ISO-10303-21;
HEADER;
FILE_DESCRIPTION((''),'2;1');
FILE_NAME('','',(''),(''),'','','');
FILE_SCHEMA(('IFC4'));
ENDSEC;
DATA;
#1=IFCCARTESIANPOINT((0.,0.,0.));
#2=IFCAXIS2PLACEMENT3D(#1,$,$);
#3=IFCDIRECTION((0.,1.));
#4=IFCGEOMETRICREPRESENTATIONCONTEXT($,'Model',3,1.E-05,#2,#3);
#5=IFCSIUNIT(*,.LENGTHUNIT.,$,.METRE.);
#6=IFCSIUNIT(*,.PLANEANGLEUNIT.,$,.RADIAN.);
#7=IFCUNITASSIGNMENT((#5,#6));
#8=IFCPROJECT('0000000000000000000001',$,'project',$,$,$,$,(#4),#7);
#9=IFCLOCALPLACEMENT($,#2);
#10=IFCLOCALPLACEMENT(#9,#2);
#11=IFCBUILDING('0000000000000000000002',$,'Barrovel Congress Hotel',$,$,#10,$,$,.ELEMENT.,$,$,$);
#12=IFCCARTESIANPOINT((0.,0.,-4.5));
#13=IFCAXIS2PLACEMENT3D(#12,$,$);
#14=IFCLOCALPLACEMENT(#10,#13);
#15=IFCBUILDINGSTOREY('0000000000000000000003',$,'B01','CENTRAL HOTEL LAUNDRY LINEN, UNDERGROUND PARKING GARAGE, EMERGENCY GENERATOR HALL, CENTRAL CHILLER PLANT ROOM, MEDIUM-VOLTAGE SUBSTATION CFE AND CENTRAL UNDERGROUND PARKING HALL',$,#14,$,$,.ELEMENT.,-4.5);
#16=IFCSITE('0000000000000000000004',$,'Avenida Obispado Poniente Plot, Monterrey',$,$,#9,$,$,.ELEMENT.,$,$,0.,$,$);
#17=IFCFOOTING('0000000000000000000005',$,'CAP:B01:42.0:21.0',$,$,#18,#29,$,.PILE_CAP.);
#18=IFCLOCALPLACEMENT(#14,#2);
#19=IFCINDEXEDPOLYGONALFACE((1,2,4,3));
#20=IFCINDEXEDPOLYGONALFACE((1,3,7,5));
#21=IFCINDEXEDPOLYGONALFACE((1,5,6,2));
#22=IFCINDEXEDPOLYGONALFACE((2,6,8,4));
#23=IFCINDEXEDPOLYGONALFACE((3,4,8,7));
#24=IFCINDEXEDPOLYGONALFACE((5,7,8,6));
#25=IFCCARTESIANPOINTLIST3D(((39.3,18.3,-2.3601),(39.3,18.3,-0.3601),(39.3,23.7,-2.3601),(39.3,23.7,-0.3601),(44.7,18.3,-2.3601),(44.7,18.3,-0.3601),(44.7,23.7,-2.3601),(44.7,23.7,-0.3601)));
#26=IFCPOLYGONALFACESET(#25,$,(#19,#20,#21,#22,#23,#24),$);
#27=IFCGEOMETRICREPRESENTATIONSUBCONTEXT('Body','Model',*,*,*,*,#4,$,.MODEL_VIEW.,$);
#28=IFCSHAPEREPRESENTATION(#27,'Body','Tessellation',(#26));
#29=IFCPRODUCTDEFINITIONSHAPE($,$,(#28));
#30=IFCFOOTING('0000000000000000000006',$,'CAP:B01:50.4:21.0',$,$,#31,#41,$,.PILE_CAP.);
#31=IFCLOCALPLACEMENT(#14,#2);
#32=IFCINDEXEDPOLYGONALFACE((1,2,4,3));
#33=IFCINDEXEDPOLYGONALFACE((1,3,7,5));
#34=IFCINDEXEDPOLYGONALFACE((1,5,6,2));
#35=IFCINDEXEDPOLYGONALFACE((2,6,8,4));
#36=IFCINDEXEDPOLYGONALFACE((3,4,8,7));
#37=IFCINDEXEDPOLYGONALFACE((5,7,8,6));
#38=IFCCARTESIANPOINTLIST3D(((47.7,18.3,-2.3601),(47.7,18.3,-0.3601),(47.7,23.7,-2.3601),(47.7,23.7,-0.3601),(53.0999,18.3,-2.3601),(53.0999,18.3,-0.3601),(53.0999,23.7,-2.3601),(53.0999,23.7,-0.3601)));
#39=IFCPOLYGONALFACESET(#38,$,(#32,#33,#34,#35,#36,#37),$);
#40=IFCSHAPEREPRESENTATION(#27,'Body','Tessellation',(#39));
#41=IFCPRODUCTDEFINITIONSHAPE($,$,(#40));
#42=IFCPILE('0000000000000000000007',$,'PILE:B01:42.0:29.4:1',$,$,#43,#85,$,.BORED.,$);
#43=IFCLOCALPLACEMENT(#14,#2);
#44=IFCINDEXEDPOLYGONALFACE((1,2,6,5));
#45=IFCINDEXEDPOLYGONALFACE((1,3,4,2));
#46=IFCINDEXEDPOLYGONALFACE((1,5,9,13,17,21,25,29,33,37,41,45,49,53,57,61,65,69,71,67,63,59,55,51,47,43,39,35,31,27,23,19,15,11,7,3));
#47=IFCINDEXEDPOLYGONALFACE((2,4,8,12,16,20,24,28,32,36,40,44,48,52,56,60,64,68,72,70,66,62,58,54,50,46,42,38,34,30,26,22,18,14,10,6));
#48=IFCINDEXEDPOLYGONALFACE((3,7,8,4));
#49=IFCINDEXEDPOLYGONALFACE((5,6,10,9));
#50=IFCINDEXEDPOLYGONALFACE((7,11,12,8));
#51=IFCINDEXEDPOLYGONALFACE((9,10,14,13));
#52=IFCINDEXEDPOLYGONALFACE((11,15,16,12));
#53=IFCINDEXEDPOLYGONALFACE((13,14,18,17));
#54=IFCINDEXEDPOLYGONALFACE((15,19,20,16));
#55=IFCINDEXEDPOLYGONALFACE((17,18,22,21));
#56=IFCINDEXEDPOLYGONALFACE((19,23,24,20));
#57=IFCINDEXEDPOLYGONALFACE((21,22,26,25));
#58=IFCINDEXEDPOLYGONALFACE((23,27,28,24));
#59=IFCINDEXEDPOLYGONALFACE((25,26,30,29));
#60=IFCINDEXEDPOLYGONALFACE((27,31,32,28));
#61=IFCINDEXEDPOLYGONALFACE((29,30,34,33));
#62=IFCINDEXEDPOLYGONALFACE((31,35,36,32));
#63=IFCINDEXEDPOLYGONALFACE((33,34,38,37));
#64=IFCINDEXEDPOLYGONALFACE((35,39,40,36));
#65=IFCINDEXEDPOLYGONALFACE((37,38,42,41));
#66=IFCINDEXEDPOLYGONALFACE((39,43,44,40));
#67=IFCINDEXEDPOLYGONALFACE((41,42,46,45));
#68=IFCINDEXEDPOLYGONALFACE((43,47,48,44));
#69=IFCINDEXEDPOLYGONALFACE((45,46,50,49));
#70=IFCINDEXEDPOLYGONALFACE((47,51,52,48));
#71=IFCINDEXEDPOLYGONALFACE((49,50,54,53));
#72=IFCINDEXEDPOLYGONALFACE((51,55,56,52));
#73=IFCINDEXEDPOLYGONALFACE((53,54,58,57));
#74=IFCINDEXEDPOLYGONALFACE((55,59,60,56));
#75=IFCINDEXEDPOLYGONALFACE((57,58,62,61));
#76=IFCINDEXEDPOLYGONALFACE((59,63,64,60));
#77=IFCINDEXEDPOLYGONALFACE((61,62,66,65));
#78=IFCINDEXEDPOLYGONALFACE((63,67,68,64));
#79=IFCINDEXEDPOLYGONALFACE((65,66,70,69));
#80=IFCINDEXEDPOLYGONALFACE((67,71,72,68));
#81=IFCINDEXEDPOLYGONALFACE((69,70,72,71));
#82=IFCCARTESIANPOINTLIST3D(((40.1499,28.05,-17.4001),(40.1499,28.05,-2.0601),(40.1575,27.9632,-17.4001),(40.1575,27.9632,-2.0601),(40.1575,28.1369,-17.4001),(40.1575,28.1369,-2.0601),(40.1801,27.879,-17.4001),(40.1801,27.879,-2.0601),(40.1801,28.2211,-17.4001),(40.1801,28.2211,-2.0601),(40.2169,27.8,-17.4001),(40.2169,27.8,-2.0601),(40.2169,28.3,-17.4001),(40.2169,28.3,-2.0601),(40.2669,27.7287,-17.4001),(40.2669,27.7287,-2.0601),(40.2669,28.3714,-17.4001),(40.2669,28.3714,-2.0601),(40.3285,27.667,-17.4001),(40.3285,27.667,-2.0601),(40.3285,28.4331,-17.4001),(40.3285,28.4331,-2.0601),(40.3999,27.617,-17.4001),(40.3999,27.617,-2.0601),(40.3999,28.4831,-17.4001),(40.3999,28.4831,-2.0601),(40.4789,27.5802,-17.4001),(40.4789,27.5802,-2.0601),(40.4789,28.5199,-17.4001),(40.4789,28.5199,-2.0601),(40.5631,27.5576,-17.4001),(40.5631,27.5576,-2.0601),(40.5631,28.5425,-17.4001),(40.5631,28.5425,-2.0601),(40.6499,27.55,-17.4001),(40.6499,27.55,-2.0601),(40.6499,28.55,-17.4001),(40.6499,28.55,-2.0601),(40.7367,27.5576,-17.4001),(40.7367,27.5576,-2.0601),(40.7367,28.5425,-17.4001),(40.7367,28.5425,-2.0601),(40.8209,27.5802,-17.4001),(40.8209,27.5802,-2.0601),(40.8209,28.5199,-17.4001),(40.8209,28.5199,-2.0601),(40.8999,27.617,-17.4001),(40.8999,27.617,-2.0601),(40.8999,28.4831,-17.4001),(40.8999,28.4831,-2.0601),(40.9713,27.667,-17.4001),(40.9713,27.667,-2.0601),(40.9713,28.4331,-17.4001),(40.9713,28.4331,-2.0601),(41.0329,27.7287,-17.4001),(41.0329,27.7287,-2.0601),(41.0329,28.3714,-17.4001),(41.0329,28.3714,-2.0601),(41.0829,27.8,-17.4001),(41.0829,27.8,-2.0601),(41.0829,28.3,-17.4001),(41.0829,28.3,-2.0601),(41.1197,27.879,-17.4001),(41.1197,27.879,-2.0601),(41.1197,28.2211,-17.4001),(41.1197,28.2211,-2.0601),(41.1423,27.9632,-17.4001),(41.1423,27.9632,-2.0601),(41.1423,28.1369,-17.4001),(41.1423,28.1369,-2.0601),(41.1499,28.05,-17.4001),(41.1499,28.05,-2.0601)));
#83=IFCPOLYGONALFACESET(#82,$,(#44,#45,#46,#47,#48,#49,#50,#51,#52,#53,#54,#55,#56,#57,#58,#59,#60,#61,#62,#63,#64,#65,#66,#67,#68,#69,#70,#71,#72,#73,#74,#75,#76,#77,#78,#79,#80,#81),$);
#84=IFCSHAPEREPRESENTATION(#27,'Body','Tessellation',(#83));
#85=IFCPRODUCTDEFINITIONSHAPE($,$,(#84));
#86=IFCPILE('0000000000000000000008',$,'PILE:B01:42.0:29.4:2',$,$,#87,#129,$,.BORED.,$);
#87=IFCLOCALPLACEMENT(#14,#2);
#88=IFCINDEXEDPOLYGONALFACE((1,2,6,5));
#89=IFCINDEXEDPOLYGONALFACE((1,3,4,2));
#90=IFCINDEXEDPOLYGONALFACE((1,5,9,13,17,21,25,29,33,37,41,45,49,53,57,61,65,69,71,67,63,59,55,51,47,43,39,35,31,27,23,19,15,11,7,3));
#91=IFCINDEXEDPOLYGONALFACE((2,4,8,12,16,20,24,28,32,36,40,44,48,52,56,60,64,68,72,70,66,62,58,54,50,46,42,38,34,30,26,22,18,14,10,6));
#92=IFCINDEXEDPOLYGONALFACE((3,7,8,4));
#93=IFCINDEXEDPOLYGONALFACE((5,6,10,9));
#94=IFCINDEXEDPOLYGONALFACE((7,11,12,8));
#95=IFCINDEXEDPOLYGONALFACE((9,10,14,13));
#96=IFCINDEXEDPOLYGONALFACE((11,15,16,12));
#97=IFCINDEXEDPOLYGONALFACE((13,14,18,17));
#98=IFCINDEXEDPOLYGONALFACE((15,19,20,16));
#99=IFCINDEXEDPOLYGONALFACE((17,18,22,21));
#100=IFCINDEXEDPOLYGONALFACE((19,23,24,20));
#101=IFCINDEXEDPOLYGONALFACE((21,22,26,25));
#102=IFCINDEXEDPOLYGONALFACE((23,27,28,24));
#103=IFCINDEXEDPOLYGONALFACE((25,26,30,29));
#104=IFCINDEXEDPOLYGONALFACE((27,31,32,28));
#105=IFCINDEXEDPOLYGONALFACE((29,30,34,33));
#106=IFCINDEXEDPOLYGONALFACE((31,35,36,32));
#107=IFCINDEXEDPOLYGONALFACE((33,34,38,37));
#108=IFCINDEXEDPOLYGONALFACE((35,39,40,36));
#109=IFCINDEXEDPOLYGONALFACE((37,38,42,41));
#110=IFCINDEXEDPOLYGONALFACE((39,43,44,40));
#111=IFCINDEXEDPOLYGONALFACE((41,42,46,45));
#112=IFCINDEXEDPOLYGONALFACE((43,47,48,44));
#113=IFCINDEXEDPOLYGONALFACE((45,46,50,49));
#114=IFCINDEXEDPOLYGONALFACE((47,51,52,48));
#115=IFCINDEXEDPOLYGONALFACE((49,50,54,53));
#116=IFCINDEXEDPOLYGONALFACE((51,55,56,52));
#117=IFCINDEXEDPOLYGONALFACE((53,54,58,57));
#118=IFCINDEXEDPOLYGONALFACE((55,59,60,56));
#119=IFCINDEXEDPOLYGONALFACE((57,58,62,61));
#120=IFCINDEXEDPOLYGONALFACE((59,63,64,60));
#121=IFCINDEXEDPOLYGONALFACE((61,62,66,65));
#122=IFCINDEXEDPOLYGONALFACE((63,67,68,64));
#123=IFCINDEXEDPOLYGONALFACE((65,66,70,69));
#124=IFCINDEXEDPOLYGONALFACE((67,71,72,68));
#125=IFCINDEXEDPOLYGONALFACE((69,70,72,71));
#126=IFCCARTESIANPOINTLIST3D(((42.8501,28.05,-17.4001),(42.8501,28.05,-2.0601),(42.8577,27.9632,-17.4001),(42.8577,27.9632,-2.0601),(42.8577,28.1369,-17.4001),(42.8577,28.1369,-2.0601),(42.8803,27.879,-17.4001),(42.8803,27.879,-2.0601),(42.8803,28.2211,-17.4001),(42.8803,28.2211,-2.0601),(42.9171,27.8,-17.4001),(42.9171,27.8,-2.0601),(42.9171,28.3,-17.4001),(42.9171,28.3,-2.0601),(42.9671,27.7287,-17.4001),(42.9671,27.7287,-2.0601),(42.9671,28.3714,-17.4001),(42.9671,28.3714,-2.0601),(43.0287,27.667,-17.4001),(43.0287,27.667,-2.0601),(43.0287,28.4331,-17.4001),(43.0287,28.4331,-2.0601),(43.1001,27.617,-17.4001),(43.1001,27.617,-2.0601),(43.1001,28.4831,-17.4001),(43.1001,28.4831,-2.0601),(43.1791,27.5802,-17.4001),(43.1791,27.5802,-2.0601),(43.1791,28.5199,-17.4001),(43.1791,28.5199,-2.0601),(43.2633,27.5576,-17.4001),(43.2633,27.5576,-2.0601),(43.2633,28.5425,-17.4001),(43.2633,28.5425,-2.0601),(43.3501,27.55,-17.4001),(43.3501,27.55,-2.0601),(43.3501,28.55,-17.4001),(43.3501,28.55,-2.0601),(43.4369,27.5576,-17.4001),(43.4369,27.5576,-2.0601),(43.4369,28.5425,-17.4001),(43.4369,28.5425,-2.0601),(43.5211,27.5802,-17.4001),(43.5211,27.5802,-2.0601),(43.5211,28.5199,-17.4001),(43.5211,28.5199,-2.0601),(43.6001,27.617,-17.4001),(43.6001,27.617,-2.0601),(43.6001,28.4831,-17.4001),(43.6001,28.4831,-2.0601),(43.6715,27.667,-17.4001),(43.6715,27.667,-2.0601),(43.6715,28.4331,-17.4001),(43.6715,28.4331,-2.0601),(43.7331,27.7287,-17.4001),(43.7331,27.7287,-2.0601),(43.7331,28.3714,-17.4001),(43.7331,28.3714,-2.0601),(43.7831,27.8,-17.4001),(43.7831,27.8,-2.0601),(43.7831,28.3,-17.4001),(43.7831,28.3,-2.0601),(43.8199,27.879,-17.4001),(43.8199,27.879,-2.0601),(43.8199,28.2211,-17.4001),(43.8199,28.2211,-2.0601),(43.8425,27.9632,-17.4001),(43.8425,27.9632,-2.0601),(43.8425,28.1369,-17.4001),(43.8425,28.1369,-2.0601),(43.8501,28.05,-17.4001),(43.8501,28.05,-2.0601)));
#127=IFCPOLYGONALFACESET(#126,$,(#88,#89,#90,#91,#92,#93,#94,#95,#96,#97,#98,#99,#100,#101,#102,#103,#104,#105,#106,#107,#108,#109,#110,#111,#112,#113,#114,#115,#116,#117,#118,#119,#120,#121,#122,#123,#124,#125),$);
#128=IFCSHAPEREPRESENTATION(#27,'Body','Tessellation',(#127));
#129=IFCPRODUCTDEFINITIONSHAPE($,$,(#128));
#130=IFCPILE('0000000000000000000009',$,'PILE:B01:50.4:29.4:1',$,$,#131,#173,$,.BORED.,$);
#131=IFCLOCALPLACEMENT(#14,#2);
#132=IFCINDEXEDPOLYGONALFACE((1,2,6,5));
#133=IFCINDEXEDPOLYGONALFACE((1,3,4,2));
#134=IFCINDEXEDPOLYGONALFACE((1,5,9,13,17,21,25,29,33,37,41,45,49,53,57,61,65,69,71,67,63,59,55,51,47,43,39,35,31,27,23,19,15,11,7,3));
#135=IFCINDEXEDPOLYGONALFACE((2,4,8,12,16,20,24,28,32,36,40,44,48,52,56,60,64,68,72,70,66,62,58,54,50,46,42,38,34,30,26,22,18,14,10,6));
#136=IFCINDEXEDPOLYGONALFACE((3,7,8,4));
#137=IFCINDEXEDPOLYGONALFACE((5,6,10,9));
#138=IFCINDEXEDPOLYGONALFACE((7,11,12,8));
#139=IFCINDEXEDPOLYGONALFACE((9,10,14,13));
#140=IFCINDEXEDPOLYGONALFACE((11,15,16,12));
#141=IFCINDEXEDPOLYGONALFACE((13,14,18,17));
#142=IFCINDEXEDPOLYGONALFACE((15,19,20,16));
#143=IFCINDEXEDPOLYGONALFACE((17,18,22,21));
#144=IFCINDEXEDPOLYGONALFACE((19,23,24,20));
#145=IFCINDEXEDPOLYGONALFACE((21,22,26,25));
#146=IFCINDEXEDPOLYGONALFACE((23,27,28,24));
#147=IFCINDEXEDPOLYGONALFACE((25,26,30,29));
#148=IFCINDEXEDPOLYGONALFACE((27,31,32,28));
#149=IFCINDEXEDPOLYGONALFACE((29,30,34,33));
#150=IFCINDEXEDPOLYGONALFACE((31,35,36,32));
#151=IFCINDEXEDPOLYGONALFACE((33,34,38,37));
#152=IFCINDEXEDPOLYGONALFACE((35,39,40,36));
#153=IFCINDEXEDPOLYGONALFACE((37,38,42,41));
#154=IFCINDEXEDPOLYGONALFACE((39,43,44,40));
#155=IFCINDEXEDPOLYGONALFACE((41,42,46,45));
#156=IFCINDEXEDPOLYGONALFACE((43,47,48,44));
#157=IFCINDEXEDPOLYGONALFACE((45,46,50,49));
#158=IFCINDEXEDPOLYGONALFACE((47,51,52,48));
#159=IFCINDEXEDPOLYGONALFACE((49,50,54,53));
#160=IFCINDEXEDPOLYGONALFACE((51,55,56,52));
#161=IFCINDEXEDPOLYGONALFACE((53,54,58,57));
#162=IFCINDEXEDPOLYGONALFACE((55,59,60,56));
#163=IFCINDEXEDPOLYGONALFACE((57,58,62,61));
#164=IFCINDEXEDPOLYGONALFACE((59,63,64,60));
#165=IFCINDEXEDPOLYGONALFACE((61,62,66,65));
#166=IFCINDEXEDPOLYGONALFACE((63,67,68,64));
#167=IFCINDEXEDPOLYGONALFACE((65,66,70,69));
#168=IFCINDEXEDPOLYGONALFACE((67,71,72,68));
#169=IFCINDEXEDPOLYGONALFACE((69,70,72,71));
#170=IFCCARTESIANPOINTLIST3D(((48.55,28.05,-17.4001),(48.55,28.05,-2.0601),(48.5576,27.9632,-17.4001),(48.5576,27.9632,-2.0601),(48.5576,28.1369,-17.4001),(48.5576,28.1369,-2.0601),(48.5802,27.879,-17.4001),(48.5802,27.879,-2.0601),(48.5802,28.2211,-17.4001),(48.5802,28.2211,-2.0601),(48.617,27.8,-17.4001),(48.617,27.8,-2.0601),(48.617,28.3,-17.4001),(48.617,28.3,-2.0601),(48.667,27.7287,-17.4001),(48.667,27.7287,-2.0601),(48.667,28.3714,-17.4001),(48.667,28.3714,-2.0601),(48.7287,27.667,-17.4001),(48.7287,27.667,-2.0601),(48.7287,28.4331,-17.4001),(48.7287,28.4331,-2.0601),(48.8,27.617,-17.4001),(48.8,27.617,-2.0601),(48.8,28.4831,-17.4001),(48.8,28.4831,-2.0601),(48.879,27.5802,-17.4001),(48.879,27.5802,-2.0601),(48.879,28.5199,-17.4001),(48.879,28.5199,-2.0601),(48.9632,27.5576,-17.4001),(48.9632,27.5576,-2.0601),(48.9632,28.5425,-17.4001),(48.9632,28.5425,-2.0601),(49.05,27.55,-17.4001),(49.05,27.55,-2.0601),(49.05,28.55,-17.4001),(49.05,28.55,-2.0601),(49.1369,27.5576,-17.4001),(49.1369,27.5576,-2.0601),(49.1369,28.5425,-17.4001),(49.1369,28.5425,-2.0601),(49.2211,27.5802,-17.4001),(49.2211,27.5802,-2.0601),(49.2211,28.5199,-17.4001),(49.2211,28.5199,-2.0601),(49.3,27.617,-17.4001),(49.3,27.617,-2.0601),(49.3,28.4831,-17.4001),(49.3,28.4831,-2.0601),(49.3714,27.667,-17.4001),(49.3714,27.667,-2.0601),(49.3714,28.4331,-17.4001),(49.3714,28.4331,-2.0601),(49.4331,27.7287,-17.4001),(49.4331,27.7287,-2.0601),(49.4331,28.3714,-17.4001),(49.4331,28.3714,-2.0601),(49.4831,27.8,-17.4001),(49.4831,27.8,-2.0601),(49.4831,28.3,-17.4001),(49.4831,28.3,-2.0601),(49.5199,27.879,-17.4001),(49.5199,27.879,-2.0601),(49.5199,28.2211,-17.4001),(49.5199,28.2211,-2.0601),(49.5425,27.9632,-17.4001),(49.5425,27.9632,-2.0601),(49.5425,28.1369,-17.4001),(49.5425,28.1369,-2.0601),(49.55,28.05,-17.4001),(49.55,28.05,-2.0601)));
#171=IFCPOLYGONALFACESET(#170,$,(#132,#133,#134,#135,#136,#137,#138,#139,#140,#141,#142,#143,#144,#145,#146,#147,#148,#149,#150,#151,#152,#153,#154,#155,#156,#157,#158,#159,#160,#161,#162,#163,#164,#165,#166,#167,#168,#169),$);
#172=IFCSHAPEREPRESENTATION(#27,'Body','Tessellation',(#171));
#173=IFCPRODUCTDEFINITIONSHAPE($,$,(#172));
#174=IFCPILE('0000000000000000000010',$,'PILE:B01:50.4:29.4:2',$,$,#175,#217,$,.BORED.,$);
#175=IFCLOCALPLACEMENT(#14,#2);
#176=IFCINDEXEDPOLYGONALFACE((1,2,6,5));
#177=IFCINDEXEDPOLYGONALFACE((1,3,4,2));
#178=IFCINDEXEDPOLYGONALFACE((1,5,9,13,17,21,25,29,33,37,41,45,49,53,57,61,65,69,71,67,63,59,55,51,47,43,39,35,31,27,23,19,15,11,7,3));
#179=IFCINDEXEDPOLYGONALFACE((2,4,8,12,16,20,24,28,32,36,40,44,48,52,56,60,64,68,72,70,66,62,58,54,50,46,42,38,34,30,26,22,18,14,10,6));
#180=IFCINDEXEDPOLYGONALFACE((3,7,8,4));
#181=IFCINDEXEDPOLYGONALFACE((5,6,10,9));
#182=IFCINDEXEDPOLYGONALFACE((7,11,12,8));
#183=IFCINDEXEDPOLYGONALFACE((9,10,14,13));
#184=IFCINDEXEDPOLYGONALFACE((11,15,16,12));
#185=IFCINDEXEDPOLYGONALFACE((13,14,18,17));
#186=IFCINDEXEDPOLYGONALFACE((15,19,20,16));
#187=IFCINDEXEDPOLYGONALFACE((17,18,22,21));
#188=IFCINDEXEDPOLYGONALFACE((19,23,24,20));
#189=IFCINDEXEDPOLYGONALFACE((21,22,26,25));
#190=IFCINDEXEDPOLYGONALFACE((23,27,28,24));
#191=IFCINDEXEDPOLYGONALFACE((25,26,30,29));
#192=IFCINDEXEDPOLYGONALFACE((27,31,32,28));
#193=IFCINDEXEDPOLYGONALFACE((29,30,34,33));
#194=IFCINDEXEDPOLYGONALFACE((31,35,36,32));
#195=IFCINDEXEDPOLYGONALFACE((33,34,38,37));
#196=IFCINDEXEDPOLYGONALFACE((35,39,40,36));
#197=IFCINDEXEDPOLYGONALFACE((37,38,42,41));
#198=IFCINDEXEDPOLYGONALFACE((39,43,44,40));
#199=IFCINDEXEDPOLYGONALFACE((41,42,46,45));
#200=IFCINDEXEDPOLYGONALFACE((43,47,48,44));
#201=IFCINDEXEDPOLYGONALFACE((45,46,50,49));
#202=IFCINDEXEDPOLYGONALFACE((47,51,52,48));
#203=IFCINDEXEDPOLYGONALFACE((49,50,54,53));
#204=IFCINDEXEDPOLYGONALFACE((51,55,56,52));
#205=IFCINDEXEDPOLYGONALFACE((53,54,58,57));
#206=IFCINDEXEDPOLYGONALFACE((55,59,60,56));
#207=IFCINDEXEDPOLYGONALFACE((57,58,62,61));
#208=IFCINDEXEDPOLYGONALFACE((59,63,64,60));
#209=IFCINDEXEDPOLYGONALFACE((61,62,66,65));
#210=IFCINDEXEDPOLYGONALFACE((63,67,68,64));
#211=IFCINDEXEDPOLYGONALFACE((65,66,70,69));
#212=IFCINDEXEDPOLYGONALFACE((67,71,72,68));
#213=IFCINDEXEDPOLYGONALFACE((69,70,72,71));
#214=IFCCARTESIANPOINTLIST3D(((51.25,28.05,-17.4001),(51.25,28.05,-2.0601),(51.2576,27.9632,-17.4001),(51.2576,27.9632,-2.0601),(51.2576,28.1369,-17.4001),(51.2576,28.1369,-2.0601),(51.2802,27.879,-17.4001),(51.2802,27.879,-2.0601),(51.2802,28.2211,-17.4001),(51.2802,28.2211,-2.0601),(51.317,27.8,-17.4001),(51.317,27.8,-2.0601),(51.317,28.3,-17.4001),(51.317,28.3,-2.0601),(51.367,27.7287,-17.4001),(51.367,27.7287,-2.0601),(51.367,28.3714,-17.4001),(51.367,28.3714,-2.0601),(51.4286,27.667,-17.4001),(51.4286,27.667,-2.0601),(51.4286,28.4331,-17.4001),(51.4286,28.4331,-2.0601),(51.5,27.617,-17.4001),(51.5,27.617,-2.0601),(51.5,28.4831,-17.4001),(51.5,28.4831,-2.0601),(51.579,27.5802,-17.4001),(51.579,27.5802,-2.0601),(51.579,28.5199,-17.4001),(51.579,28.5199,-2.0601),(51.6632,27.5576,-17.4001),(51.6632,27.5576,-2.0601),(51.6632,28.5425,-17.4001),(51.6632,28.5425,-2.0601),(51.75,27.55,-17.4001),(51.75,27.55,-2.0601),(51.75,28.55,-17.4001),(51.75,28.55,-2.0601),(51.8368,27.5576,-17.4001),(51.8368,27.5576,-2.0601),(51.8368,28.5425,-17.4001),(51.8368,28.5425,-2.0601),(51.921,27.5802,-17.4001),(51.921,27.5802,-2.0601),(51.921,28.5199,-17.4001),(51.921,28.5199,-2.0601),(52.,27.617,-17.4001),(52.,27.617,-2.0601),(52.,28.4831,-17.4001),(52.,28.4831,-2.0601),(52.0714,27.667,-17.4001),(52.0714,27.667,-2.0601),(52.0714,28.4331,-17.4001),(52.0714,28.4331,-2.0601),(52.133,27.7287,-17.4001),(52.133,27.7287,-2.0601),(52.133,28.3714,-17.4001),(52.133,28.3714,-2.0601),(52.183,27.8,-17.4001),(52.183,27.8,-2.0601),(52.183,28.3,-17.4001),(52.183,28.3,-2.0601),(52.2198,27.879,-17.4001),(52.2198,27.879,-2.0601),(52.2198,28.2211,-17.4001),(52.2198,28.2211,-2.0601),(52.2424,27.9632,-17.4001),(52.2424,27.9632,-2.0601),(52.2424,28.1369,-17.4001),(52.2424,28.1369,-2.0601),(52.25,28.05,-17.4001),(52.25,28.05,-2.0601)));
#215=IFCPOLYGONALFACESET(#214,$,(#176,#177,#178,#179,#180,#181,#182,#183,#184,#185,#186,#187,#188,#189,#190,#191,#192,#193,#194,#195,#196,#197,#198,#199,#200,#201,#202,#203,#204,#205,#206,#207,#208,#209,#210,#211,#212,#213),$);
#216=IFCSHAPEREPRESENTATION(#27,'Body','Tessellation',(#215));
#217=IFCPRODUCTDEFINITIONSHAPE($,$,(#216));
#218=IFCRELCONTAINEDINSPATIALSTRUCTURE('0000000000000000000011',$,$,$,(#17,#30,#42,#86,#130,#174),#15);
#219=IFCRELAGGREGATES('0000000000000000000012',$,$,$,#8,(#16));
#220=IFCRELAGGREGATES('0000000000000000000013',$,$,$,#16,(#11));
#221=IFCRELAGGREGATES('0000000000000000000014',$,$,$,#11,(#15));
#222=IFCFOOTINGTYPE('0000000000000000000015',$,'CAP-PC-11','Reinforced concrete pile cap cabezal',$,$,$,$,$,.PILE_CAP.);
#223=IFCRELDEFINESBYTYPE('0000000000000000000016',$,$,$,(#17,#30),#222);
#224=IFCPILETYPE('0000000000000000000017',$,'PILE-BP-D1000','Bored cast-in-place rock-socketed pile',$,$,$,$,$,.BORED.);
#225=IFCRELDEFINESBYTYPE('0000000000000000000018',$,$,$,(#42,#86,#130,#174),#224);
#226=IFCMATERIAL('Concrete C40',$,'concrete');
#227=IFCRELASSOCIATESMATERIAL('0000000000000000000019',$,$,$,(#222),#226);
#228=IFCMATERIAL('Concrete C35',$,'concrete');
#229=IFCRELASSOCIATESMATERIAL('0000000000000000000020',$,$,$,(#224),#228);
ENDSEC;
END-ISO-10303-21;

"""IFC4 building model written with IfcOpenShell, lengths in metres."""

from ifc_helpers import new_model, si_unit, direction, frame, origin, origin_2d, place, context, subcontext, project, spatial, rectangle, circle, extrude, material, material_profile, profile_set, type_object, element, save


model = new_model("IFC4")

# Units and contexts
model_context = context("Model", 3, precision=1e-05, world=origin(), true_north=direction((0.0, 1.0)))
body_context = subcontext(model_context, "Body", "Model", "MODEL_VIEW")
ifc_project = project(units=[si_unit("LENGTHUNIT", "METRE"), si_unit("PLANEANGLEUNIT", "RADIAN")], contexts=[model_context])

# Site, building, storey
site_placement = place(None, origin())
site = spatial("IfcSite", under=ifc_project, at=site_placement, Name="Avenida Obispado Poniente Plot, Monterrey", CompositionType="ELEMENT", RefElevation=0.0)
building_placement = place(site_placement, origin())
building = spatial("IfcBuilding", under=site, at=building_placement, Name="Barrovel Congress Hotel", CompositionType="ELEMENT")
storey_placement = place(building_placement, frame((0.0, 0.0, -4.5)))
storey = spatial("IfcBuildingStorey", under=building, at=storey_placement, Name="B01", Description="CENTRAL HOTEL LAUNDRY LINEN, UNDERGROUND PARKING GARAGE, EMERGENCY GENERATOR HALL, CENTRAL CHILLER PLANT ROOM, MEDIUM-VOLTAGE SUBSTATION CFE AND CENTRAL UNDERGROUND PARKING HALL", CompositionType="ELEMENT", Elevation=-4.5)

# Footings
ifc_material_1 = material(Name="Concrete C40", Category="concrete")
footing_type = type_object("IfcFootingType", Name="CAP-PC-11", Description="Reinforced concrete pile cap cabezal", PredefinedType="PILE_CAP", material=ifc_material_1)
for number, where, z_axis, x_axis, name in (
    (1, (42.0, 21.0, -2.3601), (0.0, 0.0, 1.0), (1.0, 0.0, 0.0), "CAP:B01:42.0:21.0"),
    (2, (50.3999, 21.0, -2.3601), (0.0, 0.0, 1.0), (1.0, 0.0, 0.0), "CAP:B01:50.4:21.0"),
):
    element("IfcFooting", number, at=place(storey_placement, frame(where, z_axis=z_axis, x_axis=x_axis)), inside=storey, type_object=footing_type, Name=name, PredefinedType="PILE_CAP", context=body_context, shape_type="SweptSolid", body=[
        extrude(rectangle(XDim=5.3999, YDim=5.3999, at=origin_2d()), origin(), (0.0, 0.0, 1.0), 2.0),
    ])

# Piles
ifc_material_2 = material(Name="Concrete C35", Category="concrete")
ifc_material_profile_1 = material_profile(ifc_material_2, circle(Radius=0.5, at=origin_2d()), Name="BP-D1000")
ifc_profile_set_1 = profile_set([ifc_material_profile_1], Name="Concrete C35")
pile_type_1 = type_object("IfcPileType", Name="PILE-BP-D1000", Description="Bored cast-in-place rock-socketed pile", PredefinedType="BORED", material=ifc_profile_set_1)
for number, where, z_axis, x_axis, name in (
    (3, (40.6499, 28.05, -2.0601), (0.0, 0.0, -1.0), (1.0, 0.0, 0.0), "PILE:B01:42.0:29.4:1"),
    (4, (43.3501, 28.05, -2.0601), (0.0, 0.0, -1.0), (1.0, 0.0, 0.0), "PILE:B01:42.0:29.4:2"),
    (5, (49.05, 28.05, -2.0601), (0.0, 0.0, -1.0), (1.0, 0.0, 0.0), "PILE:B01:50.4:29.4:1"),
    (6, (51.75, 28.05, -2.0601), (0.0, 0.0, -1.0), (1.0, 0.0, 0.0), "PILE:B01:50.4:29.4:2"),
):
    element("IfcPile", number, at=place(storey_placement, frame(where, z_axis=z_axis, x_axis=x_axis)), inside=storey, type_object=pile_type_1, Name=name, PredefinedType="BORED", context=body_context, shape_type="SweptSolid", body=[
        extrude(circle(Radius=0.5, at=origin_2d()), origin(), (0.0, 0.0, 1.0), 15.3401),
    ])

save(model, "model.ifc")
